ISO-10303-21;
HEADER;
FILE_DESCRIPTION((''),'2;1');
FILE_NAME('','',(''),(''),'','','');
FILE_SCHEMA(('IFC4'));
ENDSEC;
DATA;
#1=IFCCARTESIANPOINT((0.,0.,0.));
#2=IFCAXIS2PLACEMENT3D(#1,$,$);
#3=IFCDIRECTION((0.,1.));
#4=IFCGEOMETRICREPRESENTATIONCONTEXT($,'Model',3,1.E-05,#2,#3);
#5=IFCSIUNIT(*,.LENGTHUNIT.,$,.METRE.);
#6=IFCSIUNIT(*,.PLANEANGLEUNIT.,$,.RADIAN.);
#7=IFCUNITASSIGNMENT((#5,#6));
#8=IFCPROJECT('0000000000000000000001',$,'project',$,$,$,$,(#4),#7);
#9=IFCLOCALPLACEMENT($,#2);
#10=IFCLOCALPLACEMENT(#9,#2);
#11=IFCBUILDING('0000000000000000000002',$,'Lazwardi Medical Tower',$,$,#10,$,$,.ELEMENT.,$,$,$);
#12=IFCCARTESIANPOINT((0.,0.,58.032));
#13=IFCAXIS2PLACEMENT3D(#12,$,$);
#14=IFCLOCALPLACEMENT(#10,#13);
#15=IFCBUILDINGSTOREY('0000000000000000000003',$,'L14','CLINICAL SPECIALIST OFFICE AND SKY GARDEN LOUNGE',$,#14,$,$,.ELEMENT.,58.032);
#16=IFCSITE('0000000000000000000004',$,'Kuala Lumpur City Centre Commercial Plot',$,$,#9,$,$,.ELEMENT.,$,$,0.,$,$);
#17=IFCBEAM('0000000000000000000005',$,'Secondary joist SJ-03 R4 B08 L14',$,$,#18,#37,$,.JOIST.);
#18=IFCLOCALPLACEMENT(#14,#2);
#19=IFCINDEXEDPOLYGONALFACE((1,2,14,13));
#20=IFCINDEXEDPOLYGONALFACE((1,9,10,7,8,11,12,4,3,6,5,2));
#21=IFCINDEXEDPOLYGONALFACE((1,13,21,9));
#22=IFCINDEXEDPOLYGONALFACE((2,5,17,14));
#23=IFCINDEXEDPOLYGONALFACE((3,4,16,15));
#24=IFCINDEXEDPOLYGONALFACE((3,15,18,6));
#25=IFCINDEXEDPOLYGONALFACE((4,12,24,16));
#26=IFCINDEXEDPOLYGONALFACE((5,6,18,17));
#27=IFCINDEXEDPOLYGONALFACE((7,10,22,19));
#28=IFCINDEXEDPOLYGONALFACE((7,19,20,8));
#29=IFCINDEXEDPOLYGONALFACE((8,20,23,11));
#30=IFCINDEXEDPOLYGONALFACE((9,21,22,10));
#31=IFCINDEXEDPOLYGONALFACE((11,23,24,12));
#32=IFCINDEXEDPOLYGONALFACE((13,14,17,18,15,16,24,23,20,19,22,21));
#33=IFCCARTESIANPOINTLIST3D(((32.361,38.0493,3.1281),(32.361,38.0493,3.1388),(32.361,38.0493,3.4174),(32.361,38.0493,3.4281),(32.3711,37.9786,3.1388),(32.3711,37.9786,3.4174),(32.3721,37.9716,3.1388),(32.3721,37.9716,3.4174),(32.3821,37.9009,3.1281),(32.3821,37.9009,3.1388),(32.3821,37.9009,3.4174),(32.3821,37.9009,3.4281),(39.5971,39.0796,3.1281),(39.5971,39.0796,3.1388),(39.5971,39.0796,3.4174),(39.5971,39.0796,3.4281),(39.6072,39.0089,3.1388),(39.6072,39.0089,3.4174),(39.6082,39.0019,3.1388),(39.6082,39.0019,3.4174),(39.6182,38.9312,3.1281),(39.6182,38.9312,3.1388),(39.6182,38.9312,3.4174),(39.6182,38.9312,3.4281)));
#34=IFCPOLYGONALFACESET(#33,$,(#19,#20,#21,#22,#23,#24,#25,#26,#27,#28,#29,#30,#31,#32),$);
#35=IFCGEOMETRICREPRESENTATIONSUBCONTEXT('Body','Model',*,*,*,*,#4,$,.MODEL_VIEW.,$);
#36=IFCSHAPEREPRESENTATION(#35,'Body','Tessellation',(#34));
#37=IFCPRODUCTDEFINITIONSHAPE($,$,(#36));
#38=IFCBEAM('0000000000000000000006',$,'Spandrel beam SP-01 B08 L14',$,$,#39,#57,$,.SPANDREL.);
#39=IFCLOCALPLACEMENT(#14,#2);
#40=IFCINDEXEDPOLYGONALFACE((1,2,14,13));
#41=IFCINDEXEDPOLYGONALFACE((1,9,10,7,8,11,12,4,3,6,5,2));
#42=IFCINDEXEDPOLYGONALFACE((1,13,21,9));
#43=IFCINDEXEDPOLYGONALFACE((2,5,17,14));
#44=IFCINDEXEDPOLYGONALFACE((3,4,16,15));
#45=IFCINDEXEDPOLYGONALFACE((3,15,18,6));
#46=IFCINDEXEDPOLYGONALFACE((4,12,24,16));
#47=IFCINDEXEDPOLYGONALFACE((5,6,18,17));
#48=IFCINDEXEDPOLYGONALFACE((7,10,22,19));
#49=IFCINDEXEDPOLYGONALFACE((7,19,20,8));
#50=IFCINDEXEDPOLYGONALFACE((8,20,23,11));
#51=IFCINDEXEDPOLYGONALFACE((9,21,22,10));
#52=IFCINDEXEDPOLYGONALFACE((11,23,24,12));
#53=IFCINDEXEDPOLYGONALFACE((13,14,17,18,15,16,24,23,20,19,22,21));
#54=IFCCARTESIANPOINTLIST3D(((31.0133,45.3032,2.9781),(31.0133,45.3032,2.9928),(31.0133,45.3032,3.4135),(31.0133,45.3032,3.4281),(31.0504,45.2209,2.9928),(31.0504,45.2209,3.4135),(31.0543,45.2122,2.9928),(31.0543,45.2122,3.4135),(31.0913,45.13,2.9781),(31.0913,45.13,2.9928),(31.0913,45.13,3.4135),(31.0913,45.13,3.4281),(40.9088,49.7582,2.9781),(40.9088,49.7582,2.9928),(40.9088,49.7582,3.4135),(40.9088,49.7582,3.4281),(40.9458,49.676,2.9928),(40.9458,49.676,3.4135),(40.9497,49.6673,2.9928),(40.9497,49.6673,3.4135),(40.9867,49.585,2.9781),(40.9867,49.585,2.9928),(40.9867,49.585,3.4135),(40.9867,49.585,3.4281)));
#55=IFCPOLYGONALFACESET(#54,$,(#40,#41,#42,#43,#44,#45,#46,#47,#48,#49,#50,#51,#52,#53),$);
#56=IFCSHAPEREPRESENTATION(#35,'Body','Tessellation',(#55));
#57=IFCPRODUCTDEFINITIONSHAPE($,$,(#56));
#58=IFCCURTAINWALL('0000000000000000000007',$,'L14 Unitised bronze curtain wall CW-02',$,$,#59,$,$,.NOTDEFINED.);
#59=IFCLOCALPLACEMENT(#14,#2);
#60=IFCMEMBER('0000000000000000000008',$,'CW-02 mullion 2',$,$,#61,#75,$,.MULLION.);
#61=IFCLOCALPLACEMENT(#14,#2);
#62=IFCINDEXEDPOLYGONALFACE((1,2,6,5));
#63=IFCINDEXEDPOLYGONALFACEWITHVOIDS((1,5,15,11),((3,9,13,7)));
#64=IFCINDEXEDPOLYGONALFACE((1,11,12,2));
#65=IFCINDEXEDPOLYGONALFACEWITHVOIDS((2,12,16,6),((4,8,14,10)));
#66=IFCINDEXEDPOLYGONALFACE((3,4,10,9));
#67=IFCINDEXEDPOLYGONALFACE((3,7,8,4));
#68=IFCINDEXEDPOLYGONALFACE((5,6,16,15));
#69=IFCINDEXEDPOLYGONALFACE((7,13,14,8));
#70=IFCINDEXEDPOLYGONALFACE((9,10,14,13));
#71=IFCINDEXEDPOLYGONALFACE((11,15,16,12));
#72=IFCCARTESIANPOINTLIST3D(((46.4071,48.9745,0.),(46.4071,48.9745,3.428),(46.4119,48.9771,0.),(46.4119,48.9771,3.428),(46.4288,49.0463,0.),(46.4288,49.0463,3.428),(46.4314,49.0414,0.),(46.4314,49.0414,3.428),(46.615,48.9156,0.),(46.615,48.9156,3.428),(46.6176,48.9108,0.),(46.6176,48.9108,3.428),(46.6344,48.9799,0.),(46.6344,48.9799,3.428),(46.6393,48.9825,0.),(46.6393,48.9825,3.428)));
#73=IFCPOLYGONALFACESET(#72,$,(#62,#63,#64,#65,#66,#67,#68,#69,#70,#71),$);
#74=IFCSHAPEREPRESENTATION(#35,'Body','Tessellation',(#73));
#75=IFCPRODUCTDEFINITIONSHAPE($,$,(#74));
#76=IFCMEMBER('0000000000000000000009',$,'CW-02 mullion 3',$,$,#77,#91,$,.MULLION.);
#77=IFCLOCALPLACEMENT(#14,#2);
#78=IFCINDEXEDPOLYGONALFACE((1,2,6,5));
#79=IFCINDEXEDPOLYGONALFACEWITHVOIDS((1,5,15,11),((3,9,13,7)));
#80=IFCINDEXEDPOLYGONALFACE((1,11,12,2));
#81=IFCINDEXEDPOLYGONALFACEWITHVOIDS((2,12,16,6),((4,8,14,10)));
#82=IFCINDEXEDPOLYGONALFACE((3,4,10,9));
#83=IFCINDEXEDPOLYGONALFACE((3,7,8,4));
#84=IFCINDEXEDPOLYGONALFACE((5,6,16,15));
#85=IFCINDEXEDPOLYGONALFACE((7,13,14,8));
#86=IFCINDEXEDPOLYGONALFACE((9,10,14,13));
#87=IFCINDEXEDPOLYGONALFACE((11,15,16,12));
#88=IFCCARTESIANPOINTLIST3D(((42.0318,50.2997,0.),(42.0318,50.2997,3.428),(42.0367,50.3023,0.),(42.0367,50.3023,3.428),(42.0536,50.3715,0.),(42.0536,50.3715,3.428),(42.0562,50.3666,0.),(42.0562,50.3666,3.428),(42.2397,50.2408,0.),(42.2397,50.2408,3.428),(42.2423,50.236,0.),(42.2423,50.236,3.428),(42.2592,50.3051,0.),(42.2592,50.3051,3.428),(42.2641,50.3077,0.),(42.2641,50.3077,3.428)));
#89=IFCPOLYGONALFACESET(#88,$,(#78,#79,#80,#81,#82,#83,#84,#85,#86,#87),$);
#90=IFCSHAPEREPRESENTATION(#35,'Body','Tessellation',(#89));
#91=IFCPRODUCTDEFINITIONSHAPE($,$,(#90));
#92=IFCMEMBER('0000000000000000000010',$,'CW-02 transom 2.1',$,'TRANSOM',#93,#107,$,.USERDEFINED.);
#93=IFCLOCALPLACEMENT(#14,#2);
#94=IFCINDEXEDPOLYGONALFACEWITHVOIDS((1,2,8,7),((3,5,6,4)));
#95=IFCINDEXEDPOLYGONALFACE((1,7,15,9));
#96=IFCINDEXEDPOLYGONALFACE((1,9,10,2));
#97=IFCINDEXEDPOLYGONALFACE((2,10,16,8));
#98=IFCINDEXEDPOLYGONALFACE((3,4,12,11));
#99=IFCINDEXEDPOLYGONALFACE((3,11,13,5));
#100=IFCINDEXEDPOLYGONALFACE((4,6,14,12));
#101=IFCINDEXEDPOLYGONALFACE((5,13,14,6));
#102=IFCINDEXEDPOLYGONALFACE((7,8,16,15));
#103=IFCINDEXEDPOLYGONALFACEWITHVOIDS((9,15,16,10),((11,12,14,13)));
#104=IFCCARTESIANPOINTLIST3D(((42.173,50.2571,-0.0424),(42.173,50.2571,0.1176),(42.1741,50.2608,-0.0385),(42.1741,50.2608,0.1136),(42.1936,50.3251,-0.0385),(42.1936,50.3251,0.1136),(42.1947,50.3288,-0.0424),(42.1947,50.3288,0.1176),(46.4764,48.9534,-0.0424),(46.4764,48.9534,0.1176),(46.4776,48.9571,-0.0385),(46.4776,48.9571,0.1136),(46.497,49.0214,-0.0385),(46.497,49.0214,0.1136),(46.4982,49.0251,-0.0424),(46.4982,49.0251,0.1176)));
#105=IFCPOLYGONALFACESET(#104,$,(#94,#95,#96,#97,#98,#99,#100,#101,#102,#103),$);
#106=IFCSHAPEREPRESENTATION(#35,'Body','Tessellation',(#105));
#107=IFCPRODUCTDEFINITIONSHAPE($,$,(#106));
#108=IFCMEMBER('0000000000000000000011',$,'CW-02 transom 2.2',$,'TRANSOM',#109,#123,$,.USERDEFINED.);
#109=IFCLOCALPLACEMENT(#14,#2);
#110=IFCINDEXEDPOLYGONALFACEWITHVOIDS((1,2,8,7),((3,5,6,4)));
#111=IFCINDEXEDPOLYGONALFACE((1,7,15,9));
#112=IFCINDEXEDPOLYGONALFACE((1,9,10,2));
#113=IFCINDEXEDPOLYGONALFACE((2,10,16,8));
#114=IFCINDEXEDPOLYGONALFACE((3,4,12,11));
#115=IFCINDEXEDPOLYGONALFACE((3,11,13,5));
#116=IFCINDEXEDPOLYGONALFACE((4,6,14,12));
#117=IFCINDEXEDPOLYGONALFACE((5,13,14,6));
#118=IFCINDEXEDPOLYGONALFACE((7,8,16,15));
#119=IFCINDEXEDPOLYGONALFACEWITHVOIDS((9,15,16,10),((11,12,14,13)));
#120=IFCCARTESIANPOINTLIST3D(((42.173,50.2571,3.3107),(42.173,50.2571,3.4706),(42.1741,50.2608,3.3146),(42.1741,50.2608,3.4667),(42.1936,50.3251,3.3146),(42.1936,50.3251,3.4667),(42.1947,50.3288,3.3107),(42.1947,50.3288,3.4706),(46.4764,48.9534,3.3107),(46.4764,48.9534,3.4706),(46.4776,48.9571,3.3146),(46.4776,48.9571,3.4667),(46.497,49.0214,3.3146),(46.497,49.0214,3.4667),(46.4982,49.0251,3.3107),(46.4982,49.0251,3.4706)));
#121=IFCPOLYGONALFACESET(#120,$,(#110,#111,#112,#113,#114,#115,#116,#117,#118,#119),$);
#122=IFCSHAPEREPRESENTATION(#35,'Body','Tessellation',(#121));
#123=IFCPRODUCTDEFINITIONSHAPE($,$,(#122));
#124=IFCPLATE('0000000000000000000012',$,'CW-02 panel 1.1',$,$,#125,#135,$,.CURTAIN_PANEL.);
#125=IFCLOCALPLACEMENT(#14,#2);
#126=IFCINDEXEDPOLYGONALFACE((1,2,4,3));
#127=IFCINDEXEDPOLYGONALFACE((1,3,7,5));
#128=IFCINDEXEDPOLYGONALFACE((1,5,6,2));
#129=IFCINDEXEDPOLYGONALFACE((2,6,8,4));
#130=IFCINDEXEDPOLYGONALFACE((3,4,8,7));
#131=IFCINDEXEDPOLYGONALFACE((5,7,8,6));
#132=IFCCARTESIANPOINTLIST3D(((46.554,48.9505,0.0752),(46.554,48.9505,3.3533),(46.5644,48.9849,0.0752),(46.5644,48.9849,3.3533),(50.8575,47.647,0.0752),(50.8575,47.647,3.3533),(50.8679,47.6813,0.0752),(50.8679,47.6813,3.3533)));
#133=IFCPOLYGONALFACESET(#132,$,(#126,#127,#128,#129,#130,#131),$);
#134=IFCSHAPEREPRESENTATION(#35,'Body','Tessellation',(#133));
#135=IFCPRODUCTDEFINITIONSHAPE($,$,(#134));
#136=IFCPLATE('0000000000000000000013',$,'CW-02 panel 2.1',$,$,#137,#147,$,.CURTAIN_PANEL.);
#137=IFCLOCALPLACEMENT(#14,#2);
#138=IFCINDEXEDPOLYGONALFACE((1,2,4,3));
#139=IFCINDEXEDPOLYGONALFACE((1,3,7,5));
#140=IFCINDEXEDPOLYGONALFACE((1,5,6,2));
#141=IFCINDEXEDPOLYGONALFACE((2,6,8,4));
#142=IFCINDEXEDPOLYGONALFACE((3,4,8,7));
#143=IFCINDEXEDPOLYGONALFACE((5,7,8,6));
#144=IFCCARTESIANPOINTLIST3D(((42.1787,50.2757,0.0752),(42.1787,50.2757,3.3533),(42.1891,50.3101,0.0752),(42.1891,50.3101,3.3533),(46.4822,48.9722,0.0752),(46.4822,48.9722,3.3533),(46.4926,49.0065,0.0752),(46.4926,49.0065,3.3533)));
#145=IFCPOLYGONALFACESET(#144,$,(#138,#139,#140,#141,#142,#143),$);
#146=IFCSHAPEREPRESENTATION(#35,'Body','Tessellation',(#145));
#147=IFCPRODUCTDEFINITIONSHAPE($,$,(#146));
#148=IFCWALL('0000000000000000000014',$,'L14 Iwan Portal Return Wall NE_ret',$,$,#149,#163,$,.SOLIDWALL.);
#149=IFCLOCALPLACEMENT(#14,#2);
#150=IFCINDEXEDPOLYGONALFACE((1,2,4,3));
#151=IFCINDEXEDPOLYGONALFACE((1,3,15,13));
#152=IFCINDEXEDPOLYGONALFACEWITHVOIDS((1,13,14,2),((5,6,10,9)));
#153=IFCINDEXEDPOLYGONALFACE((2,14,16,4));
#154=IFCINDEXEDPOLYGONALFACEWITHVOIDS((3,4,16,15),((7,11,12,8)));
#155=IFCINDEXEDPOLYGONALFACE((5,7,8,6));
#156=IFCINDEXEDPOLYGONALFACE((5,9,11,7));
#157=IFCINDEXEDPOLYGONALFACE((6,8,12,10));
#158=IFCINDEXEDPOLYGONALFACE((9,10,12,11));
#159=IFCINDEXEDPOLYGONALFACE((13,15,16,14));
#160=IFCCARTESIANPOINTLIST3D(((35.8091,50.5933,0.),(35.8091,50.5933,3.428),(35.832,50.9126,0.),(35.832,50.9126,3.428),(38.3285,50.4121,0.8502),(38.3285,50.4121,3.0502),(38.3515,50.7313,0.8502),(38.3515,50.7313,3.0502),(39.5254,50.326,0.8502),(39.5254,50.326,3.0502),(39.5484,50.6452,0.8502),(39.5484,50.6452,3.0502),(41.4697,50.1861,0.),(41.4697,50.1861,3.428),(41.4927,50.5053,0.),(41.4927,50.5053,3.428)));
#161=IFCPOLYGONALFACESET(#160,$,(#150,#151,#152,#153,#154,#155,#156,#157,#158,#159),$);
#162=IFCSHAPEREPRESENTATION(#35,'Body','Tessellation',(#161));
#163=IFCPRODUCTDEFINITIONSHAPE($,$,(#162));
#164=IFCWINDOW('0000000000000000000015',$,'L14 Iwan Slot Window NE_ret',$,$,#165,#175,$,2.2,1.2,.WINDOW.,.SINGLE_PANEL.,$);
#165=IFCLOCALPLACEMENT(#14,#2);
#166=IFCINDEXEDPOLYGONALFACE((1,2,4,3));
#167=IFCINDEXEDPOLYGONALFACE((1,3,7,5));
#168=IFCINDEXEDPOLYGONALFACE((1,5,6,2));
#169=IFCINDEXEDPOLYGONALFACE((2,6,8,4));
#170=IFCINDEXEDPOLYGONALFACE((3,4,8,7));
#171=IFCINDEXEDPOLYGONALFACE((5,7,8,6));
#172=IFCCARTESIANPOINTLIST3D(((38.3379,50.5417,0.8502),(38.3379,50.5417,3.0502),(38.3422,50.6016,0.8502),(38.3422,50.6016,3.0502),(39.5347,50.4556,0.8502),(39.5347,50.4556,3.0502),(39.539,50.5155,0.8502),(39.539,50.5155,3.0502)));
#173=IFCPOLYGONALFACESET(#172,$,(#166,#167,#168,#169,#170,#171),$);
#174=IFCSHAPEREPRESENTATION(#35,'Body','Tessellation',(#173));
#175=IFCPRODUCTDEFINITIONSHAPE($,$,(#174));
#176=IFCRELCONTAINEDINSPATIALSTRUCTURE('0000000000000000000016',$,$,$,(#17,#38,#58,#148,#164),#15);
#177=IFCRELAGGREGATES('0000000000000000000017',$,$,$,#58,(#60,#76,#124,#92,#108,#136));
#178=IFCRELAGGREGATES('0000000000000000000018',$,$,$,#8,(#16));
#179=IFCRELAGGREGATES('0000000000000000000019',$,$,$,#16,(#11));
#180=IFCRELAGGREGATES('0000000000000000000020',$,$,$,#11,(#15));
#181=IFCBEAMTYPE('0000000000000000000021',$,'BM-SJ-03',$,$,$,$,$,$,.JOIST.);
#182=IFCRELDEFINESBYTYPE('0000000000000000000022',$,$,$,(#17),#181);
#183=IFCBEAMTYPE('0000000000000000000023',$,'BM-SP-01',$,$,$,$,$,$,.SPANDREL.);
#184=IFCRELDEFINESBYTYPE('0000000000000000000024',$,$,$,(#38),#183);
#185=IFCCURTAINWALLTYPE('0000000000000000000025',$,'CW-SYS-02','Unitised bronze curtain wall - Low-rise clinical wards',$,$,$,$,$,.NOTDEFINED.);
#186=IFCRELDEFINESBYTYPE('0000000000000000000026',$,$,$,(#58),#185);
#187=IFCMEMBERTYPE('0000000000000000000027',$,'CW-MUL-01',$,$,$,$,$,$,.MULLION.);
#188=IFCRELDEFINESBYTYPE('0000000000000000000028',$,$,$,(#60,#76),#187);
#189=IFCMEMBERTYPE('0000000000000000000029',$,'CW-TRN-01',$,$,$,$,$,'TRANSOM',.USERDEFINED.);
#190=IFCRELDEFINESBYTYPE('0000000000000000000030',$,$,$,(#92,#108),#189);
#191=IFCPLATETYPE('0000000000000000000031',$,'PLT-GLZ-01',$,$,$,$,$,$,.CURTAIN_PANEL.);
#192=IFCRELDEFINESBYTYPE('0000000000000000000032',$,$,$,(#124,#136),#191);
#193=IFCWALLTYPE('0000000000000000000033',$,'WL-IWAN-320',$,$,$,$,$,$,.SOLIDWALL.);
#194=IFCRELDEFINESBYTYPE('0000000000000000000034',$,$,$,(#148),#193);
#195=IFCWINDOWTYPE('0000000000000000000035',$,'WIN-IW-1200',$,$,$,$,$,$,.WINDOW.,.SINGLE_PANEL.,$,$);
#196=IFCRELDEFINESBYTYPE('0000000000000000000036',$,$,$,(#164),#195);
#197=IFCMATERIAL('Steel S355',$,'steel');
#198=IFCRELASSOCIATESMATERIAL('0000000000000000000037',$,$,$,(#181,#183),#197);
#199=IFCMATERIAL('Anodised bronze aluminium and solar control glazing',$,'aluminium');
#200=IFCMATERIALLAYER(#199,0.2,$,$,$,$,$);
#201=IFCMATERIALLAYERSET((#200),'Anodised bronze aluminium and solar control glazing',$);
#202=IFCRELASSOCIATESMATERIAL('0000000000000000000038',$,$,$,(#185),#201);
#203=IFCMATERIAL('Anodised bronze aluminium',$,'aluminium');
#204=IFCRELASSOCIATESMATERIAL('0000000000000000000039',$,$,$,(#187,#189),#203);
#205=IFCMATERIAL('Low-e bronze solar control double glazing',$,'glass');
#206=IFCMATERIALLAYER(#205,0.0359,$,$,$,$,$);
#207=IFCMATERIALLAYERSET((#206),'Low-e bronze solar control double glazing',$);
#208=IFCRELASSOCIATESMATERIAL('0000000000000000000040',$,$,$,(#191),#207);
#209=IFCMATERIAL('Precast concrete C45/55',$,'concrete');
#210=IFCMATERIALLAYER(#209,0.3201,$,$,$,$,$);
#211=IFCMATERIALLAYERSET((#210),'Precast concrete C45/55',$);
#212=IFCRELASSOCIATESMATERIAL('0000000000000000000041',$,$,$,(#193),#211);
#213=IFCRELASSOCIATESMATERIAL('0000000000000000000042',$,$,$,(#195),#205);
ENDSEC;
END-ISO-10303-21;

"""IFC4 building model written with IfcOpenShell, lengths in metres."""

from ifc_helpers import new_model, si_unit, direction, frame, frame_2d, origin, origin_2d, place, context, subcontext, project, spatial, rectangle, hollow_rectangle, i_section, extrude, material, layer, layer_set, material_profile, profile_set, type_object, element, fill, aggregate, save


model = new_model("IFC4")

# Units and contexts
model_context = context("Model", 3, precision=1e-05, world=origin(), true_north=direction((0.0, 1.0)))
body_context = subcontext(model_context, "Body", "Model", "MODEL_VIEW")
ifc_project = project(units=[si_unit("LENGTHUNIT", "METRE"), si_unit("PLANEANGLEUNIT", "RADIAN")], contexts=[model_context])

# Site, building, storey
site_placement = place(None, origin())
site = spatial("IfcSite", under=ifc_project, at=site_placement, Name="Kuala Lumpur City Centre Commercial Plot", CompositionType="ELEMENT", RefElevation=0.0)
building_placement = place(site_placement, origin())
building = spatial("IfcBuilding", under=site, at=building_placement, Name="Lazwardi Medical Tower", CompositionType="ELEMENT")
storey_placement = place(building_placement, frame((0.0, 0.0, 58.032)))
storey = spatial("IfcBuildingStorey", under=building, at=storey_placement, Name="L14", Description="CLINICAL SPECIALIST OFFICE AND SKY GARDEN LOUNGE", CompositionType="ELEMENT", Elevation=58.032)

# Beams
ifc_material_1 = material(Name="Steel S355", Category="steel")
ifc_material_profile_1 = material_profile(ifc_material_1, i_section(OverallWidth=0.1499, OverallDepth=0.3, WebThickness=0.0071, FlangeThickness=0.0107, at=origin_2d()), Name="IPE 300")
ifc_profile_set_1 = profile_set([ifc_material_profile_1], Name="Steel S355")
beam_type_1 = type_object("IfcBeamType", Name="BM-SJ-03", PredefinedType="JOIST", material=ifc_profile_set_1)
beam_1_placement = place(storey_placement, frame((39.6077, 39.0054, 3.2781), z_axis=(-0.990016, -0.140958, 0.0), x_axis=(0.140958, -0.990016, 0.0)))
element("IfcBeam", 1, at=beam_1_placement, inside=storey, type_object=beam_type_1, Name="Secondary joist SJ-03 R4 B08 L14", PredefinedType="JOIST", context=body_context, shape_type="SweptSolid", body=[
    extrude(i_section(OverallWidth=0.1499, OverallDepth=0.3, WebThickness=0.0071, FlangeThickness=0.0107, at=origin_2d()), origin(), (0.0, 0.0, 1.0), 7.3091),
])
ifc_material_profile_2 = material_profile(ifc_material_1, i_section(OverallWidth=0.1899, OverallDepth=0.45, WebThickness=0.0095, FlangeThickness=0.0146, at=origin_2d()), Name="IPE 450")
ifc_profile_set_2 = profile_set([ifc_material_profile_2], Name="Steel S355")
beam_type_2 = type_object("IfcBeamType", Name="BM-SP-01", PredefinedType="SPANDREL", material=ifc_profile_set_2)
beam_2_placement = place(storey_placement, frame((40.9478, 49.6716, 3.2031), z_axis=(-0.911849, -0.410526, 0.0), x_axis=(0.410526, -0.911849, 0.0)))
element("IfcBeam", 2, at=beam_2_placement, inside=storey, type_object=beam_type_2, Name="Spandrel beam SP-01 B08 L14", PredefinedType="SPANDREL", context=body_context, shape_type="SweptSolid", body=[
    extrude(i_section(OverallWidth=0.1899, OverallDepth=0.45, WebThickness=0.0095, FlangeThickness=0.0146, at=origin_2d()), origin(), (0.0, 0.0, 1.0), 10.8521),
])

# Curtain wall, members, plates
ifc_material_2 = material(Name="Anodised bronze aluminium and solar control glazing", Category="aluminium")
ifc_layer_1 = layer(ifc_material_2, 0.2)
ifc_layer_set_1 = layer_set([ifc_layer_1], Name="Anodised bronze aluminium and solar control glazing")
curtain_wall_type = type_object("IfcCurtainWallType", Name="CW-SYS-02", Description="Unitised bronze curtain wall - Low-rise clinical wards", PredefinedType="NOTDEFINED", material=ifc_layer_set_1)
curtain_wall_placement = place(storey_placement, origin())
curtain_wall = element("IfcCurtainWall", 3, at=curtain_wall_placement, inside=storey, type_object=curtain_wall_type, Name="L14 Unitised bronze curtain wall CW-02", PredefinedType="NOTDEFINED")
ifc_material_3 = material(Name="Anodised bronze aluminium", Category="aluminium")
ifc_material_profile_3 = material_profile(ifc_material_3, hollow_rectangle(XDim=0.075, YDim=0.22, WallThickness=0.0039, at=origin_2d()), Name="ALU-MULLION 220x75x4")
ifc_profile_set_3 = profile_set([ifc_material_profile_3], Name="Anodised bronze aluminium")
member_type_1 = type_object("IfcMemberType", Name="CW-MUL-01", PredefinedType="MULLION", material=ifc_profile_set_3)
member_1_placement = place(storey_placement, frame((46.5232, 48.9785, 0.0), z_axis=(0.0, 0.0, 1.0), x_axis=(-0.289896, -0.957058, 0.0)))
member_1 = element("IfcMember", 4, at=member_1_placement, type_object=member_type_1, Name="CW-02 mullion 2", PredefinedType="MULLION", context=body_context, shape_type="SweptSolid", body=[
    extrude(hollow_rectangle(XDim=0.075, YDim=0.22, WallThickness=0.0039, at=origin_2d()), origin(), (0.0, 0.0, 1.0), 3.428),
])
member_2_placement = place(storey_placement, frame((42.1479, 50.3037, 0.0), z_axis=(0.0, 0.0, 1.0), x_axis=(-0.289896, -0.957058, 0.0)))
member_2 = element("IfcMember", 5, at=member_2_placement, type_object=member_type_1, Name="CW-02 mullion 3", PredefinedType="MULLION", context=body_context, shape_type="SweptSolid", body=[
    extrude(hollow_rectangle(XDim=0.075, YDim=0.22, WallThickness=0.0039, at=origin_2d()), origin(), (0.0, 0.0, 1.0), 3.428),
])
ifc_material_profile_4 = material_profile(ifc_material_3, hollow_rectangle(XDim=0.075, YDim=0.1599, WallThickness=0.0039, at=origin_2d()), Name="ALU-TRANSOM 160x75x4")
ifc_profile_set_4 = profile_set([ifc_material_profile_4], Name="Anodised bronze aluminium")
member_type_2 = type_object("IfcMemberType", Name="CW-TRN-01", ElementType="TRANSOM", PredefinedType="USERDEFINED", material=ifc_profile_set_4)
member_3_placement = place(storey_placement, frame((46.4873, 48.9893, 0.0376), z_axis=(-0.957047, 0.289932, 0.0), x_axis=(-0.289932, -0.957047, 0.0)))
member_3 = element("IfcMember", 6, at=member_3_placement, type_object=member_type_2, Name="CW-02 transom 2.1", ObjectType="TRANSOM", PredefinedType="USERDEFINED", context=body_context, shape_type="SweptSolid", body=[
    extrude(hollow_rectangle(XDim=0.075, YDim=0.1599, WallThickness=0.0039, at=origin_2d()), origin(), (0.0, 0.0, 1.0), 4.4966),
])
member_4_placement = place(storey_placement, frame((46.4873, 48.9893, 3.3906), z_axis=(-0.957047, 0.289932, 0.0), x_axis=(-0.289932, -0.957047, 0.0)))
member_4 = element("IfcMember", 7, at=member_4_placement, type_object=member_type_2, Name="CW-02 transom 2.2", ObjectType="TRANSOM", PredefinedType="USERDEFINED", context=body_context, shape_type="SweptSolid", body=[
    extrude(hollow_rectangle(XDim=0.075, YDim=0.1599, WallThickness=0.0039, at=origin_2d()), origin(), (0.0, 0.0, 1.0), 4.4966),
])
ifc_material_4 = material(Name="Low-e bronze solar control double glazing", Category="glass")
ifc_layer_2 = layer(ifc_material_4, 0.0359)
ifc_layer_set_2 = layer_set([ifc_layer_2], Name="Low-e bronze solar control double glazing")
plate_type = type_object("IfcPlateType", Name="PLT-GLZ-01", PredefinedType="CURTAIN_PANEL", material=ifc_layer_set_2)
plate_1_placement = place(storey_placement, frame((48.7109, 48.3159, 0.0752), z_axis=(0.0, 0.0, 1.0), x_axis=(-0.957058, 0.289896, 0.0)))
plate_1 = element("IfcPlate", 8, at=plate_1_placement, type_object=plate_type, Name="CW-02 panel 1.1", PredefinedType="CURTAIN_PANEL", context=body_context, shape_type="SweptSolid", body=[
    extrude(rectangle(XDim=4.4966, YDim=0.0359, at=origin_2d()), origin(), (0.0, 0.0, 1.0), 3.2781),
])
plate_2_placement = place(storey_placement, frame((44.3357, 49.6411, 0.0752), z_axis=(0.0, 0.0, 1.0), x_axis=(-0.957058, 0.289896, 0.0)))
plate_2 = element("IfcPlate", 9, at=plate_2_placement, type_object=plate_type, Name="CW-02 panel 2.1", PredefinedType="CURTAIN_PANEL", context=body_context, shape_type="SweptSolid", body=[
    extrude(rectangle(XDim=4.4966, YDim=0.0359, at=origin_2d()), origin(), (0.0, 0.0, 1.0), 3.2781),
])
aggregate(curtain_wall, [member_1, member_2, plate_1, member_3, member_4, plate_2])

# Wall, opening, window
ifc_material_5 = material(Name="Precast concrete C45/55", Category="concrete")
ifc_layer_3 = layer(ifc_material_5, 0.3201)
ifc_layer_set_3 = layer_set([ifc_layer_3], Name="Precast concrete C45/55")
wall_type_1 = type_object("IfcWallType", Name="WL-IWAN-320", PredefinedType="SOLIDWALL", material=ifc_layer_set_3)
wall_1_placement = place(storey_placement, frame((41.4812, 50.3457, 0.0), z_axis=(0.0, 0.0, 1.0), x_axis=(-0.997422, 0.071755, 0.0)))
wall_1 = element("IfcWall", 10, at=wall_1_placement, inside=storey, type_object=wall_type_1, Name="L14 Iwan Portal Return Wall NE_ret", PredefinedType="SOLIDWALL", context=body_context, shape_type="SweptSolid", body=[
    extrude(rectangle(XDim=5.6753, YDim=0.3201, at=frame_2d((2.8376, 0.0))), origin(), (0.0, 0.0, 1.0), 3.428),
])
opening_1_placement = place(wall_1_placement, frame((1.9492, 0.0, 0.8501)))
opening_1 = element("IfcOpeningElement", 11, at=opening_1_placement, cuts=wall_1, PredefinedType="OPENING", context=body_context, shape_type="SweptSolid", body=[
    extrude(rectangle(XDim=1.2, YDim=2.2, at=frame_2d((0.6001, 1.1001))), frame((0.0, 0.1699, 0.0), z_axis=(0.0, -1.0, 0.0), x_axis=(1.0, 0.0, 0.0)), (0.0, 0.0, 1.0), 0.3401),
])
window_type_1 = type_object("IfcWindowType", Name="WIN-IW-1200", PartitioningType="SINGLE_PANEL", PredefinedType="WINDOW", material=ifc_material_4)
window_1_placement = place(opening_1_placement, origin())
window_1 = element("IfcWindow", 12, at=window_1_placement, inside=storey, type_object=window_type_1, Name="L14 Iwan Slot Window NE_ret", OverallHeight=2.2, OverallWidth=1.2, PartitioningType="SINGLE_PANEL", PredefinedType="WINDOW", context=body_context, shape_type="SweptSolid", body=[
    extrude(rectangle(XDim=1.2, YDim=2.2, at=frame_2d((0.6001, 1.1001))), frame((0.0, 0.03, 0.0), z_axis=(0.0, -1.0, 0.0), x_axis=(1.0, 0.0, 0.0)), (0.0, 0.0, 1.0), 0.0601),
])
fill(opening_1, window_1)

save(model, "model.ifc")
